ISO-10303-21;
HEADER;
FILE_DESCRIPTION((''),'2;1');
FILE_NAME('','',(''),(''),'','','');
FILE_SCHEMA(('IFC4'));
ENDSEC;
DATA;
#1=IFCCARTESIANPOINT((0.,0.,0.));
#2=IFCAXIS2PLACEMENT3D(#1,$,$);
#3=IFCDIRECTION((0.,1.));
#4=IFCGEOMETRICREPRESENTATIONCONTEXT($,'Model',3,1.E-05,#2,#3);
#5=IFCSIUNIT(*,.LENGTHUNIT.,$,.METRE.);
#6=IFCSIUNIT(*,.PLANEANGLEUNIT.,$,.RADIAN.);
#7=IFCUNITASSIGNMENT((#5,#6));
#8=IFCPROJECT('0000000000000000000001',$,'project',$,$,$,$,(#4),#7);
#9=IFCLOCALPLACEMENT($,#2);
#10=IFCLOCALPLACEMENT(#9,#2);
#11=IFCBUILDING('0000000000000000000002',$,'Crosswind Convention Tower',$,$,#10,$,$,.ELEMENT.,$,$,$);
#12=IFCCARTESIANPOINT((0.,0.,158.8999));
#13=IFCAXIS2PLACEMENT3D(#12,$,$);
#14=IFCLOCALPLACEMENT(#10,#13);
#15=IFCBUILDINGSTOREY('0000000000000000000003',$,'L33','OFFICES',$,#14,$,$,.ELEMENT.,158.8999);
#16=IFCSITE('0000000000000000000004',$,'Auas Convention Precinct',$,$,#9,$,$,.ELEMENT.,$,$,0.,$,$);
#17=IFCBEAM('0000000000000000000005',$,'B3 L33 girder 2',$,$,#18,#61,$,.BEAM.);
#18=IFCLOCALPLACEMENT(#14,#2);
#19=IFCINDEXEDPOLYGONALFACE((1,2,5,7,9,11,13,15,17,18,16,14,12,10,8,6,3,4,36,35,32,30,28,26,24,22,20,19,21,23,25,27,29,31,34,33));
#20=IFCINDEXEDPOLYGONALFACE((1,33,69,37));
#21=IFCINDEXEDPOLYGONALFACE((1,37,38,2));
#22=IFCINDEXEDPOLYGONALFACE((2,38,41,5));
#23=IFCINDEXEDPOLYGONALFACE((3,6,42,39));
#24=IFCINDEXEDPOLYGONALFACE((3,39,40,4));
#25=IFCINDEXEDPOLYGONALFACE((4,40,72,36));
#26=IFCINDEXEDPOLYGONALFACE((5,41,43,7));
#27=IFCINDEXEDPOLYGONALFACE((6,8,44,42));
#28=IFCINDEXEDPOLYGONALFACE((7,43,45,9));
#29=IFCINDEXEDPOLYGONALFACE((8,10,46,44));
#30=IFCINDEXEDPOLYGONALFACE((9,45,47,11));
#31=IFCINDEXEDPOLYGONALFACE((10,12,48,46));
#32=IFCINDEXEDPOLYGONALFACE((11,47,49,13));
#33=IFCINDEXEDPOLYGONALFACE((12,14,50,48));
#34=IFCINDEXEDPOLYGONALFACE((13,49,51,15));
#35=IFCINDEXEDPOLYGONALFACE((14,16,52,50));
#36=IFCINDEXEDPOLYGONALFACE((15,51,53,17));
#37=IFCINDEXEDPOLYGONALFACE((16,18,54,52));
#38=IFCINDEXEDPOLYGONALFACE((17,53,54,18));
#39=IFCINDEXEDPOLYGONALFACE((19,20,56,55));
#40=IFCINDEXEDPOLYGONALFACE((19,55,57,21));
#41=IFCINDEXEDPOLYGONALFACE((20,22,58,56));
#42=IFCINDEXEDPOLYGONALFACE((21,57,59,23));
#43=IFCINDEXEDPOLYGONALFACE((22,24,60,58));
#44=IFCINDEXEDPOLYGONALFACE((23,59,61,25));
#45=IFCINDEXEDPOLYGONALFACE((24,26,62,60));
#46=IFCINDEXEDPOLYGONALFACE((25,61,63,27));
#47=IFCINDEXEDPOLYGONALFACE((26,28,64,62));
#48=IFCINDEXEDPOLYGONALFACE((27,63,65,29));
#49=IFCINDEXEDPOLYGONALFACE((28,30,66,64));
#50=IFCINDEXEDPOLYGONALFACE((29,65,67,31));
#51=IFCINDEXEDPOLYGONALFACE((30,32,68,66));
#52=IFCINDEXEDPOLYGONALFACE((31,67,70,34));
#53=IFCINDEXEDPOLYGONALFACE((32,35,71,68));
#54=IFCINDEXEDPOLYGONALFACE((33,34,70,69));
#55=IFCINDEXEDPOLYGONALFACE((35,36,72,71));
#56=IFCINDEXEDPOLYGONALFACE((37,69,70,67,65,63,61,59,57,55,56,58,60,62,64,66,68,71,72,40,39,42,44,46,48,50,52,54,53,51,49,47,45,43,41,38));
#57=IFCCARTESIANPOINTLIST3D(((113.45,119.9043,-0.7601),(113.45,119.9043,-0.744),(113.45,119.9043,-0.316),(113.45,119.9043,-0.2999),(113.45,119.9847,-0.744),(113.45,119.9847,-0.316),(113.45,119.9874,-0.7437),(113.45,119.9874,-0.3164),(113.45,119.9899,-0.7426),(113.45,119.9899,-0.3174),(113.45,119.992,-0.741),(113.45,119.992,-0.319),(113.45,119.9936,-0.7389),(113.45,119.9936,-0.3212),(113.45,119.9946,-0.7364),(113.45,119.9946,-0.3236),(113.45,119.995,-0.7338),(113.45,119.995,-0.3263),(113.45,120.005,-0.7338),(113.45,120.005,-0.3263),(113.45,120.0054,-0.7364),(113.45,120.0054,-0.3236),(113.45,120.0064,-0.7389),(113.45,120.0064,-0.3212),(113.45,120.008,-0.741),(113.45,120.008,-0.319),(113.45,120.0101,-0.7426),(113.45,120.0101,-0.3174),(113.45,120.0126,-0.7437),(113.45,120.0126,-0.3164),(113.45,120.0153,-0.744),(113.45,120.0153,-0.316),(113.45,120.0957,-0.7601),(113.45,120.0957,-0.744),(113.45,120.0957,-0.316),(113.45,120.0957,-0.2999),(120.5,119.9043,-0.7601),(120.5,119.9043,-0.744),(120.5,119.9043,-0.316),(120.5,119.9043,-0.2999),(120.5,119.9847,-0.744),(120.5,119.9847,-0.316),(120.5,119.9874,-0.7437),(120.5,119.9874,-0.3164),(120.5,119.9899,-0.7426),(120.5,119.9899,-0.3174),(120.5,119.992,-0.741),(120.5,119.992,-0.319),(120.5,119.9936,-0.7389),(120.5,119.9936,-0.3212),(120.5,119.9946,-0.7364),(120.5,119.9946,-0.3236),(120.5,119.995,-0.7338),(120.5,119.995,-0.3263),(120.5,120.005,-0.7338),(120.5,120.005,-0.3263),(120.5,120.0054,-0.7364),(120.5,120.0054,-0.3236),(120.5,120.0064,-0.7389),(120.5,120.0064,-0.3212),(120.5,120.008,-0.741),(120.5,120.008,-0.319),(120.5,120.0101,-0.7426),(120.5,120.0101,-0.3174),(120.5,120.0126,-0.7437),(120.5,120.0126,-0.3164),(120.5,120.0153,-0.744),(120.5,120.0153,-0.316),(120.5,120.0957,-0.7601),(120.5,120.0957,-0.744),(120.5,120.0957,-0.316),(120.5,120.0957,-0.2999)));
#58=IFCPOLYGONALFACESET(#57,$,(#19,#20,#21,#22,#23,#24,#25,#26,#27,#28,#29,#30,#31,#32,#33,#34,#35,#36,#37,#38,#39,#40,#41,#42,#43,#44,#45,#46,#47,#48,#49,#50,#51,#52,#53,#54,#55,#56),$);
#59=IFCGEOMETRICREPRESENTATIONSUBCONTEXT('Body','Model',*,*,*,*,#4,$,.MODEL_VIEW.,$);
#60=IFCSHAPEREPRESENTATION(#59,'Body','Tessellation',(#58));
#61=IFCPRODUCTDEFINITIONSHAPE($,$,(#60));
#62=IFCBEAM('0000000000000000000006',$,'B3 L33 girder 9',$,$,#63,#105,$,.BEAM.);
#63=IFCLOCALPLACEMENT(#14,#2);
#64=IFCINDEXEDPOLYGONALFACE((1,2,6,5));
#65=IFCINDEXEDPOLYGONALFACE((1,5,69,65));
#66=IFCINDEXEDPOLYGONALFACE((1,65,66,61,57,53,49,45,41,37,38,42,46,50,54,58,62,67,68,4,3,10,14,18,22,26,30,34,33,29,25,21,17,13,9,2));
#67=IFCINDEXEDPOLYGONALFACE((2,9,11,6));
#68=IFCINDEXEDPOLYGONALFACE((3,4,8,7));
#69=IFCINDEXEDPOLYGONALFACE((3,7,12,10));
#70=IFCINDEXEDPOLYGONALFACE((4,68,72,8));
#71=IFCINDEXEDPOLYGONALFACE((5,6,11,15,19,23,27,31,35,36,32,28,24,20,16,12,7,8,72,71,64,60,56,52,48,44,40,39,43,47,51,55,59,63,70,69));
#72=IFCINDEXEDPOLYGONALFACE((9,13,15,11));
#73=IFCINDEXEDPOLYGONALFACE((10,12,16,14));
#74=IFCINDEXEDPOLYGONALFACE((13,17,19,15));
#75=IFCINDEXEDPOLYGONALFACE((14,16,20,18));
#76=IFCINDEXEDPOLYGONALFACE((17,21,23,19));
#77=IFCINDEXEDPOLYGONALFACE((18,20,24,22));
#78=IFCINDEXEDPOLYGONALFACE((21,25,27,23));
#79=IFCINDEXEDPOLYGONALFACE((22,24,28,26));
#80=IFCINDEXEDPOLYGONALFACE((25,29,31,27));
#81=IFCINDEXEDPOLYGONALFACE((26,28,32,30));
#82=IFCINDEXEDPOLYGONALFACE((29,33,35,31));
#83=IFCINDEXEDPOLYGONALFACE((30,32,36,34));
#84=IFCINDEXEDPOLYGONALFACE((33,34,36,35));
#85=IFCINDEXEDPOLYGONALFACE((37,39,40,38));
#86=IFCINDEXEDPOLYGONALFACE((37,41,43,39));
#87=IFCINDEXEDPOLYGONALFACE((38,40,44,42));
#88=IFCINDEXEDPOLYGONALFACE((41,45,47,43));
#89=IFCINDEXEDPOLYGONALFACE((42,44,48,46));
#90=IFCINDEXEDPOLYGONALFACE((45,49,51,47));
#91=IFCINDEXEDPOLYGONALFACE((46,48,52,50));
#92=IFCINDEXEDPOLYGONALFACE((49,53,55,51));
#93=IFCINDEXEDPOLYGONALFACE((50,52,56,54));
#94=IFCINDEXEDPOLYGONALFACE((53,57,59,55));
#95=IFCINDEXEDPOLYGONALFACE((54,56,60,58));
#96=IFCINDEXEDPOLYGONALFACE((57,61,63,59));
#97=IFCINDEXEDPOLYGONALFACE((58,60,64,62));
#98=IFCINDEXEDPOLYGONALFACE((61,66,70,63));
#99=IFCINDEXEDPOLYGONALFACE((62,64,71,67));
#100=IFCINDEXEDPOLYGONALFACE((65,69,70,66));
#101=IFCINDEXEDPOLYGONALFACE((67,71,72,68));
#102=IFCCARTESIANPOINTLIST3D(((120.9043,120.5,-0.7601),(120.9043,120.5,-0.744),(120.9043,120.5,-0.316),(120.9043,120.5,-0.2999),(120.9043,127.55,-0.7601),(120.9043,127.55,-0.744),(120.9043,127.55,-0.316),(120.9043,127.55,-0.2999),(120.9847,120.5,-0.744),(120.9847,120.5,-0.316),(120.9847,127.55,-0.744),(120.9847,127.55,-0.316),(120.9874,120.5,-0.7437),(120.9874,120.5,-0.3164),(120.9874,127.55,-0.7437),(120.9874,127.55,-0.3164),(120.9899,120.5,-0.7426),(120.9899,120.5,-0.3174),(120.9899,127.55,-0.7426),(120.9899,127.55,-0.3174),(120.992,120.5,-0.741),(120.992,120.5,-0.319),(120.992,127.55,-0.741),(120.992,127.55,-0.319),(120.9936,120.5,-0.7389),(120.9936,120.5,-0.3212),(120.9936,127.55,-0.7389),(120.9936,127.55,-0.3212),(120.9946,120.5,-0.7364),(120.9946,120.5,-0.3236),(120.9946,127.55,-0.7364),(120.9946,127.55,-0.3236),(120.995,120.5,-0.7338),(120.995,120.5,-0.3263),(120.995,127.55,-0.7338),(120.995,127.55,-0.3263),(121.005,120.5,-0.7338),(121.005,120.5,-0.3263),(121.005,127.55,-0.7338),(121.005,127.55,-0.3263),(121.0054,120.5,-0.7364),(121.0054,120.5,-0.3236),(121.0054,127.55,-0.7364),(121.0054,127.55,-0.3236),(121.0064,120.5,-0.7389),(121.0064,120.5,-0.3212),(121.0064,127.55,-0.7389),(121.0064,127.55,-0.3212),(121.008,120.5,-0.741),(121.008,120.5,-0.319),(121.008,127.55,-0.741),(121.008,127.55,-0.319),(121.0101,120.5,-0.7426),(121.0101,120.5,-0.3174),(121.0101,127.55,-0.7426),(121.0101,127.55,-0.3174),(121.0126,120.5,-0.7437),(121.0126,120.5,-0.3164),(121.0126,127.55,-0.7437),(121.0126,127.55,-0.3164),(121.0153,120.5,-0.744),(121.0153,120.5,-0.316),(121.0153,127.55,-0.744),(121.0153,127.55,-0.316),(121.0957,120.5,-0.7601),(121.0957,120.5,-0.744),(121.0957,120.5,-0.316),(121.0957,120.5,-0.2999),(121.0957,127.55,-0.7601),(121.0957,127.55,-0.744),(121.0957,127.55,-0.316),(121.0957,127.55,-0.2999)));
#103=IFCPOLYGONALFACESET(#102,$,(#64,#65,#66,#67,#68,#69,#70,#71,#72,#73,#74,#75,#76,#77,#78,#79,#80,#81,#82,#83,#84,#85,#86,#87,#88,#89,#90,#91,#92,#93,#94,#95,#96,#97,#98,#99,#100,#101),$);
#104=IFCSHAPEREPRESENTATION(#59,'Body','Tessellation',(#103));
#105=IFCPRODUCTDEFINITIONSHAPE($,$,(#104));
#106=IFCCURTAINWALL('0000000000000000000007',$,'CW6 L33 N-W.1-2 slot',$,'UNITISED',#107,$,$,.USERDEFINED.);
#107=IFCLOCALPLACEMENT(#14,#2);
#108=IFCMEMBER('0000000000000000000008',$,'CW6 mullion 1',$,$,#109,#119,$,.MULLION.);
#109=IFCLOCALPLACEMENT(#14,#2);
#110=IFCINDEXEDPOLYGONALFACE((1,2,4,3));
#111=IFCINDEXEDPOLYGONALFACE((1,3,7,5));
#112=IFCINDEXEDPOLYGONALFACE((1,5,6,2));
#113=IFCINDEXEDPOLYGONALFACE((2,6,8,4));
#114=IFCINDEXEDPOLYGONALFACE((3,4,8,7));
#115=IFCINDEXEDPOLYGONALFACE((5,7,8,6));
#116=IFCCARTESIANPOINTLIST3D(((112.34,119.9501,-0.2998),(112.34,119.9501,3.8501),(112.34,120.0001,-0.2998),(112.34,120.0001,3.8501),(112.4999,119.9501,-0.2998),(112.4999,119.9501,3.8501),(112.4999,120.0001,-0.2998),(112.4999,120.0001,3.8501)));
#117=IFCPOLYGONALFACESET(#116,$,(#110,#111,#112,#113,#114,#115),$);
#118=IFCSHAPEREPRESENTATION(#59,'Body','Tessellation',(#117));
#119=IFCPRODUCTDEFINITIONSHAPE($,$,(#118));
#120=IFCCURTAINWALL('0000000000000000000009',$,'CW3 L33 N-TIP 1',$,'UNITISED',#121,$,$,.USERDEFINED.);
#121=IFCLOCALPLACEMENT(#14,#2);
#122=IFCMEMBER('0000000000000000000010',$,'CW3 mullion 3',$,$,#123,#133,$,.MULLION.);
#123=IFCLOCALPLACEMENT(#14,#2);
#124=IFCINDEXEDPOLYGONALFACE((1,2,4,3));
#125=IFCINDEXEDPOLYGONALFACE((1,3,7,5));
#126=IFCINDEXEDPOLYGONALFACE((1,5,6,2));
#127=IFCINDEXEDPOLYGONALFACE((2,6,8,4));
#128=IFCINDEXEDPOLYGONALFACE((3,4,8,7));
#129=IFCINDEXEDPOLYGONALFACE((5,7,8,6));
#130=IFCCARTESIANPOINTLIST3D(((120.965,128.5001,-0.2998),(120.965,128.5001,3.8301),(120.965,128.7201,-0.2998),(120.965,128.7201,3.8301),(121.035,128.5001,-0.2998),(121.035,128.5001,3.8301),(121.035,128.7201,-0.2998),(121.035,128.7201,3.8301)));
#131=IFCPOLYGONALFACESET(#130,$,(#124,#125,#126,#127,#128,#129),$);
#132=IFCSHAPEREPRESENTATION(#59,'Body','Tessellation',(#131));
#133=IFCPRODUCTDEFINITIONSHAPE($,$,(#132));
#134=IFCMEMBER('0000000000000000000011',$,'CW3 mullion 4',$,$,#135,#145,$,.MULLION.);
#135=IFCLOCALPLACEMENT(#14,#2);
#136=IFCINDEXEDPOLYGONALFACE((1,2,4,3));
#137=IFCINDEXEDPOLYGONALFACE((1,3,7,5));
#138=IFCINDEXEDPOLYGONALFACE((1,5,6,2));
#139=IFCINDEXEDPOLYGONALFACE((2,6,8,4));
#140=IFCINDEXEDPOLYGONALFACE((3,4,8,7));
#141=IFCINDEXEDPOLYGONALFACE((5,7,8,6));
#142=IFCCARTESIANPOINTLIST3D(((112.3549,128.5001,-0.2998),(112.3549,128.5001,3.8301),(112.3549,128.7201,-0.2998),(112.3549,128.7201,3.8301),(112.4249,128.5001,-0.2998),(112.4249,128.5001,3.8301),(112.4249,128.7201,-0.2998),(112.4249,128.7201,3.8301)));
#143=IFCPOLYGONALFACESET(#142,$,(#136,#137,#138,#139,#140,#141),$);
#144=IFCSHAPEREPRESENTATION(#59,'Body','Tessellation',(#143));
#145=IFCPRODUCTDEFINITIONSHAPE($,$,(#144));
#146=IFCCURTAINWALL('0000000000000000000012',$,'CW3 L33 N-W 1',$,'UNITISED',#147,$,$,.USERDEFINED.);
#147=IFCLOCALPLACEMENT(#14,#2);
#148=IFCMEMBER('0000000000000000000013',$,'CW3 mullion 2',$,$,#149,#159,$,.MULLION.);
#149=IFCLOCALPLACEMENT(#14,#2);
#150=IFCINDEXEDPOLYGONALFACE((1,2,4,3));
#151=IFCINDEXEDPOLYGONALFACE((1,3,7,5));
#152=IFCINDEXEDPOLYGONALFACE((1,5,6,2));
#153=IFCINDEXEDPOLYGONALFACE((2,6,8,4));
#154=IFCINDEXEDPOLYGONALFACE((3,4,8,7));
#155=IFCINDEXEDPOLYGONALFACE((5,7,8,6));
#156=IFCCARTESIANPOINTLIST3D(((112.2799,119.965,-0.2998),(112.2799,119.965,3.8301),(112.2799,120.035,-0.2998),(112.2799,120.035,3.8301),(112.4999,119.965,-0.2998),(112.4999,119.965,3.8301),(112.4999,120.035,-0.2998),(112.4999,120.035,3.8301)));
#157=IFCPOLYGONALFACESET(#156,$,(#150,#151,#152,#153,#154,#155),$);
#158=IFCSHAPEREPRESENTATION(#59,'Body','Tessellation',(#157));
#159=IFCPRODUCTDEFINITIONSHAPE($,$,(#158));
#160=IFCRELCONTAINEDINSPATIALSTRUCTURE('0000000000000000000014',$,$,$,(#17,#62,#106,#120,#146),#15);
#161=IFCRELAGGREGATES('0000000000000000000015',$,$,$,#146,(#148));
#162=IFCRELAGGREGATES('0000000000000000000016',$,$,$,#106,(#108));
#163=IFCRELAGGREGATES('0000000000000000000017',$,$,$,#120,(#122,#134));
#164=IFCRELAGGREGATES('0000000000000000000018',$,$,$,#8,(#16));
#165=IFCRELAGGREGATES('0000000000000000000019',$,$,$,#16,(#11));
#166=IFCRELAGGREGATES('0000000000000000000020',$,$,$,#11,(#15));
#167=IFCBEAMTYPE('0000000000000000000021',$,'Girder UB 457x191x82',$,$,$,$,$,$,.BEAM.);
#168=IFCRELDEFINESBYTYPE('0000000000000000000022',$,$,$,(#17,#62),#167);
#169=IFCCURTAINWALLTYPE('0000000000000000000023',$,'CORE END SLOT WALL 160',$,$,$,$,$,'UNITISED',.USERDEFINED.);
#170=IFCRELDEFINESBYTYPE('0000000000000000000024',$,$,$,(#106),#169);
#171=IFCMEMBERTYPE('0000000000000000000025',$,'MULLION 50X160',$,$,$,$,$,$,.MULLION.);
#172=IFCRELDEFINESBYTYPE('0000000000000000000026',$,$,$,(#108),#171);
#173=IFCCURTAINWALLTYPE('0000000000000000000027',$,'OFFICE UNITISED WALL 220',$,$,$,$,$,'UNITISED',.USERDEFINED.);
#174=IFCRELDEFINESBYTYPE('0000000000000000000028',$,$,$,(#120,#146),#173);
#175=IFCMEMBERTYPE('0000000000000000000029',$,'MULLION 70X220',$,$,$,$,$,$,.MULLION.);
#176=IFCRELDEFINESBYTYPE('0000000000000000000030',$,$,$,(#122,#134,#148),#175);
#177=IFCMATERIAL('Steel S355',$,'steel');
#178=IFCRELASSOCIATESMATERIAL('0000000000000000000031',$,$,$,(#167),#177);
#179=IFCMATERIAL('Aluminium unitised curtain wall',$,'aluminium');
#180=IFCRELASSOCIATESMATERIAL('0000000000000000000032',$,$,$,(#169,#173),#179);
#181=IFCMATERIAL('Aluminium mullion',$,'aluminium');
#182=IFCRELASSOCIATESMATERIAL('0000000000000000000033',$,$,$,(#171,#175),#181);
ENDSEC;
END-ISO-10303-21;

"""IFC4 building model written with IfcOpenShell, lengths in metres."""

from ifc_helpers import new_model, si_unit, direction, frame, origin, origin_2d, place, context, subcontext, project, spatial, rectangle, i_section, extrude, material, material_profile, profile_set, type_object, element, aggregate, save


model = new_model("IFC4")

# Units and contexts
model_context = context("Model", 3, precision=1e-05, world=origin(), true_north=direction((0.0, 1.0)))
body_context = subcontext(model_context, "Body", "Model", "MODEL_VIEW")
ifc_project = project(units=[si_unit("LENGTHUNIT", "METRE"), si_unit("PLANEANGLEUNIT", "RADIAN")], contexts=[model_context])

# Site, building, storey
site_placement = place(None, origin())
site = spatial("IfcSite", under=ifc_project, at=site_placement, Name="Auas Convention Precinct", CompositionType="ELEMENT", RefElevation=0.0)
building_placement = place(site_placement, origin())
building = spatial("IfcBuilding", under=site, at=building_placement, Name="Crosswind Convention Tower", CompositionType="ELEMENT")
storey_placement = place(building_placement, frame((0.0, 0.0, 158.8999)))
storey = spatial("IfcBuildingStorey", under=building, at=storey_placement, Name="L33", Description="OFFICES", CompositionType="ELEMENT", Elevation=158.8999)

# Beams
ifc_material_1 = material(Name="Steel S355", Category="steel")
ifc_material_profile_1 = material_profile(ifc_material_1, i_section(OverallWidth=0.1914, OverallDepth=0.4602, WebThickness=0.01, FlangeThickness=0.0161, FilletRadius=0.0103, at=origin_2d()), Name="UB 457x191x82")
ifc_profile_set_1 = profile_set([ifc_material_profile_1], Name="Steel S355")
beam_type_1 = type_object("IfcBeamType", Name="Girder UB 457x191x82", PredefinedType="BEAM", material=ifc_profile_set_1)
for number, where, z_axis, x_axis, name in (
    (1, (113.45, 120.0, -0.53), (1.0, 0.0, 0.0), (0.0, 1.0, 0.0), "B3 L33 girder 2"),
    (2, (121.0, 120.5, -0.53), (0.0, 1.0, 0.0), (-1.0, 0.0, 0.0), "B3 L33 girder 9"),
):
    element("IfcBeam", number, at=place(storey_placement, frame(where, z_axis=z_axis, x_axis=x_axis)), inside=storey, type_object=beam_type_1, Name=name, PredefinedType="BEAM", context=body_context, shape_type="SweptSolid", body=[
        extrude(i_section(OverallWidth=0.1914, OverallDepth=0.4602, WebThickness=0.01, FlangeThickness=0.0161, FilletRadius=0.0103, at=origin_2d()), origin(), (0.0, 0.0, 1.0), 7.05),
    ])

# Curtain wall, member
ifc_material_2 = material(Name="Aluminium unitised curtain wall", Category="aluminium")
curtain_wall_type_1 = type_object("IfcCurtainWallType", Name="CORE END SLOT WALL 160", ElementType="UNITISED", PredefinedType="USERDEFINED", material=ifc_material_2)
curtain_wall_1_placement = place(storey_placement, origin())
curtain_wall_1 = element("IfcCurtainWall", 3, at=curtain_wall_1_placement, inside=storey, type_object=curtain_wall_type_1, Name="CW6 L33 N-W.1-2 slot", ObjectType="UNITISED", PredefinedType="USERDEFINED")
ifc_material_3 = material(Name="Aluminium mullion", Category="aluminium")
ifc_material_profile_2 = material_profile(ifc_material_3, rectangle(XDim=0.1599, YDim=0.05, at=origin_2d()), Name="AL 160X50")
ifc_profile_set_2 = profile_set([ifc_material_profile_2], Name="Aluminium mullion")
member_type_1 = type_object("IfcMemberType", Name="MULLION 50X160", PredefinedType="MULLION", material=ifc_profile_set_2)
member_1_placement = place(storey_placement, frame((112.4199, 119.9751, -0.2998), z_axis=(0.0, 0.0, 1.0), x_axis=(-1.0, 0.0, 0.0)))
member_1 = element("IfcMember", 4, at=member_1_placement, type_object=member_type_1, Name="CW6 mullion 1", PredefinedType="MULLION", context=body_context, shape_type="SweptSolid", body=[
    extrude(rectangle(XDim=0.1599, YDim=0.05, at=origin_2d()), origin(), (0.0, 0.0, 1.0), 4.1499),
])

# Curtain wall, members
curtain_wall_type_2 = type_object("IfcCurtainWallType", Name="OFFICE UNITISED WALL 220", ElementType="UNITISED", PredefinedType="USERDEFINED", material=ifc_material_2)
curtain_wall_2_placement = place(storey_placement, origin())
curtain_wall_2 = element("IfcCurtainWall", 5, at=curtain_wall_2_placement, inside=storey, type_object=curtain_wall_type_2, Name="CW3 L33 N-TIP 1", ObjectType="UNITISED", PredefinedType="USERDEFINED")
ifc_material_profile_3 = material_profile(ifc_material_3, rectangle(XDim=0.22, YDim=0.0701, at=origin_2d()), Name="AL 220X70")
ifc_profile_set_3 = profile_set([ifc_material_profile_3], Name="Aluminium mullion")
member_type_2 = type_object("IfcMemberType", Name="MULLION 70X220", PredefinedType="MULLION", material=ifc_profile_set_3)
member_2_placement = place(storey_placement, frame((121.0, 128.6101, -0.2998), z_axis=(0.0, 0.0, 1.0), x_axis=(0.0, 1.0, 0.0)))
member_2 = element("IfcMember", 6, at=member_2_placement, type_object=member_type_2, Name="CW3 mullion 3", PredefinedType="MULLION", context=body_context, shape_type="SweptSolid", body=[
    extrude(rectangle(XDim=0.22, YDim=0.0701, at=origin_2d()), origin(), (0.0, 0.0, 1.0), 4.1299),
])
member_3_placement = place(storey_placement, frame((112.3899, 128.6101, -0.2998), z_axis=(0.0, 0.0, 1.0), x_axis=(0.0, 1.0, 0.0)))
member_3 = element("IfcMember", 7, at=member_3_placement, type_object=member_type_2, Name="CW3 mullion 4", PredefinedType="MULLION", context=body_context, shape_type="SweptSolid", body=[
    extrude(rectangle(XDim=0.22, YDim=0.0701, at=origin_2d()), origin(), (0.0, 0.0, 1.0), 4.1299),
])

# Curtain wall, member
curtain_wall_3_placement = place(storey_placement, origin())
curtain_wall_3 = element("IfcCurtainWall", 8, at=curtain_wall_3_placement, inside=storey, type_object=curtain_wall_type_2, Name="CW3 L33 N-W 1", ObjectType="UNITISED", PredefinedType="USERDEFINED")
member_4_placement = place(storey_placement, frame((112.3899, 120.0, -0.2998), z_axis=(0.0, 0.0, 1.0), x_axis=(-1.0, 0.0, 0.0)))
member_4 = element("IfcMember", 9, at=member_4_placement, type_object=member_type_2, Name="CW3 mullion 2", PredefinedType="MULLION", context=body_context, shape_type="SweptSolid", body=[
    extrude(rectangle(XDim=0.22, YDim=0.0701, at=origin_2d()), origin(), (0.0, 0.0, 1.0), 4.1299),
])

aggregate(curtain_wall_3, [member_4])

aggregate(curtain_wall_1, [member_1])
aggregate(curtain_wall_2, [member_2, member_3])

save(model, "model.ifc")
